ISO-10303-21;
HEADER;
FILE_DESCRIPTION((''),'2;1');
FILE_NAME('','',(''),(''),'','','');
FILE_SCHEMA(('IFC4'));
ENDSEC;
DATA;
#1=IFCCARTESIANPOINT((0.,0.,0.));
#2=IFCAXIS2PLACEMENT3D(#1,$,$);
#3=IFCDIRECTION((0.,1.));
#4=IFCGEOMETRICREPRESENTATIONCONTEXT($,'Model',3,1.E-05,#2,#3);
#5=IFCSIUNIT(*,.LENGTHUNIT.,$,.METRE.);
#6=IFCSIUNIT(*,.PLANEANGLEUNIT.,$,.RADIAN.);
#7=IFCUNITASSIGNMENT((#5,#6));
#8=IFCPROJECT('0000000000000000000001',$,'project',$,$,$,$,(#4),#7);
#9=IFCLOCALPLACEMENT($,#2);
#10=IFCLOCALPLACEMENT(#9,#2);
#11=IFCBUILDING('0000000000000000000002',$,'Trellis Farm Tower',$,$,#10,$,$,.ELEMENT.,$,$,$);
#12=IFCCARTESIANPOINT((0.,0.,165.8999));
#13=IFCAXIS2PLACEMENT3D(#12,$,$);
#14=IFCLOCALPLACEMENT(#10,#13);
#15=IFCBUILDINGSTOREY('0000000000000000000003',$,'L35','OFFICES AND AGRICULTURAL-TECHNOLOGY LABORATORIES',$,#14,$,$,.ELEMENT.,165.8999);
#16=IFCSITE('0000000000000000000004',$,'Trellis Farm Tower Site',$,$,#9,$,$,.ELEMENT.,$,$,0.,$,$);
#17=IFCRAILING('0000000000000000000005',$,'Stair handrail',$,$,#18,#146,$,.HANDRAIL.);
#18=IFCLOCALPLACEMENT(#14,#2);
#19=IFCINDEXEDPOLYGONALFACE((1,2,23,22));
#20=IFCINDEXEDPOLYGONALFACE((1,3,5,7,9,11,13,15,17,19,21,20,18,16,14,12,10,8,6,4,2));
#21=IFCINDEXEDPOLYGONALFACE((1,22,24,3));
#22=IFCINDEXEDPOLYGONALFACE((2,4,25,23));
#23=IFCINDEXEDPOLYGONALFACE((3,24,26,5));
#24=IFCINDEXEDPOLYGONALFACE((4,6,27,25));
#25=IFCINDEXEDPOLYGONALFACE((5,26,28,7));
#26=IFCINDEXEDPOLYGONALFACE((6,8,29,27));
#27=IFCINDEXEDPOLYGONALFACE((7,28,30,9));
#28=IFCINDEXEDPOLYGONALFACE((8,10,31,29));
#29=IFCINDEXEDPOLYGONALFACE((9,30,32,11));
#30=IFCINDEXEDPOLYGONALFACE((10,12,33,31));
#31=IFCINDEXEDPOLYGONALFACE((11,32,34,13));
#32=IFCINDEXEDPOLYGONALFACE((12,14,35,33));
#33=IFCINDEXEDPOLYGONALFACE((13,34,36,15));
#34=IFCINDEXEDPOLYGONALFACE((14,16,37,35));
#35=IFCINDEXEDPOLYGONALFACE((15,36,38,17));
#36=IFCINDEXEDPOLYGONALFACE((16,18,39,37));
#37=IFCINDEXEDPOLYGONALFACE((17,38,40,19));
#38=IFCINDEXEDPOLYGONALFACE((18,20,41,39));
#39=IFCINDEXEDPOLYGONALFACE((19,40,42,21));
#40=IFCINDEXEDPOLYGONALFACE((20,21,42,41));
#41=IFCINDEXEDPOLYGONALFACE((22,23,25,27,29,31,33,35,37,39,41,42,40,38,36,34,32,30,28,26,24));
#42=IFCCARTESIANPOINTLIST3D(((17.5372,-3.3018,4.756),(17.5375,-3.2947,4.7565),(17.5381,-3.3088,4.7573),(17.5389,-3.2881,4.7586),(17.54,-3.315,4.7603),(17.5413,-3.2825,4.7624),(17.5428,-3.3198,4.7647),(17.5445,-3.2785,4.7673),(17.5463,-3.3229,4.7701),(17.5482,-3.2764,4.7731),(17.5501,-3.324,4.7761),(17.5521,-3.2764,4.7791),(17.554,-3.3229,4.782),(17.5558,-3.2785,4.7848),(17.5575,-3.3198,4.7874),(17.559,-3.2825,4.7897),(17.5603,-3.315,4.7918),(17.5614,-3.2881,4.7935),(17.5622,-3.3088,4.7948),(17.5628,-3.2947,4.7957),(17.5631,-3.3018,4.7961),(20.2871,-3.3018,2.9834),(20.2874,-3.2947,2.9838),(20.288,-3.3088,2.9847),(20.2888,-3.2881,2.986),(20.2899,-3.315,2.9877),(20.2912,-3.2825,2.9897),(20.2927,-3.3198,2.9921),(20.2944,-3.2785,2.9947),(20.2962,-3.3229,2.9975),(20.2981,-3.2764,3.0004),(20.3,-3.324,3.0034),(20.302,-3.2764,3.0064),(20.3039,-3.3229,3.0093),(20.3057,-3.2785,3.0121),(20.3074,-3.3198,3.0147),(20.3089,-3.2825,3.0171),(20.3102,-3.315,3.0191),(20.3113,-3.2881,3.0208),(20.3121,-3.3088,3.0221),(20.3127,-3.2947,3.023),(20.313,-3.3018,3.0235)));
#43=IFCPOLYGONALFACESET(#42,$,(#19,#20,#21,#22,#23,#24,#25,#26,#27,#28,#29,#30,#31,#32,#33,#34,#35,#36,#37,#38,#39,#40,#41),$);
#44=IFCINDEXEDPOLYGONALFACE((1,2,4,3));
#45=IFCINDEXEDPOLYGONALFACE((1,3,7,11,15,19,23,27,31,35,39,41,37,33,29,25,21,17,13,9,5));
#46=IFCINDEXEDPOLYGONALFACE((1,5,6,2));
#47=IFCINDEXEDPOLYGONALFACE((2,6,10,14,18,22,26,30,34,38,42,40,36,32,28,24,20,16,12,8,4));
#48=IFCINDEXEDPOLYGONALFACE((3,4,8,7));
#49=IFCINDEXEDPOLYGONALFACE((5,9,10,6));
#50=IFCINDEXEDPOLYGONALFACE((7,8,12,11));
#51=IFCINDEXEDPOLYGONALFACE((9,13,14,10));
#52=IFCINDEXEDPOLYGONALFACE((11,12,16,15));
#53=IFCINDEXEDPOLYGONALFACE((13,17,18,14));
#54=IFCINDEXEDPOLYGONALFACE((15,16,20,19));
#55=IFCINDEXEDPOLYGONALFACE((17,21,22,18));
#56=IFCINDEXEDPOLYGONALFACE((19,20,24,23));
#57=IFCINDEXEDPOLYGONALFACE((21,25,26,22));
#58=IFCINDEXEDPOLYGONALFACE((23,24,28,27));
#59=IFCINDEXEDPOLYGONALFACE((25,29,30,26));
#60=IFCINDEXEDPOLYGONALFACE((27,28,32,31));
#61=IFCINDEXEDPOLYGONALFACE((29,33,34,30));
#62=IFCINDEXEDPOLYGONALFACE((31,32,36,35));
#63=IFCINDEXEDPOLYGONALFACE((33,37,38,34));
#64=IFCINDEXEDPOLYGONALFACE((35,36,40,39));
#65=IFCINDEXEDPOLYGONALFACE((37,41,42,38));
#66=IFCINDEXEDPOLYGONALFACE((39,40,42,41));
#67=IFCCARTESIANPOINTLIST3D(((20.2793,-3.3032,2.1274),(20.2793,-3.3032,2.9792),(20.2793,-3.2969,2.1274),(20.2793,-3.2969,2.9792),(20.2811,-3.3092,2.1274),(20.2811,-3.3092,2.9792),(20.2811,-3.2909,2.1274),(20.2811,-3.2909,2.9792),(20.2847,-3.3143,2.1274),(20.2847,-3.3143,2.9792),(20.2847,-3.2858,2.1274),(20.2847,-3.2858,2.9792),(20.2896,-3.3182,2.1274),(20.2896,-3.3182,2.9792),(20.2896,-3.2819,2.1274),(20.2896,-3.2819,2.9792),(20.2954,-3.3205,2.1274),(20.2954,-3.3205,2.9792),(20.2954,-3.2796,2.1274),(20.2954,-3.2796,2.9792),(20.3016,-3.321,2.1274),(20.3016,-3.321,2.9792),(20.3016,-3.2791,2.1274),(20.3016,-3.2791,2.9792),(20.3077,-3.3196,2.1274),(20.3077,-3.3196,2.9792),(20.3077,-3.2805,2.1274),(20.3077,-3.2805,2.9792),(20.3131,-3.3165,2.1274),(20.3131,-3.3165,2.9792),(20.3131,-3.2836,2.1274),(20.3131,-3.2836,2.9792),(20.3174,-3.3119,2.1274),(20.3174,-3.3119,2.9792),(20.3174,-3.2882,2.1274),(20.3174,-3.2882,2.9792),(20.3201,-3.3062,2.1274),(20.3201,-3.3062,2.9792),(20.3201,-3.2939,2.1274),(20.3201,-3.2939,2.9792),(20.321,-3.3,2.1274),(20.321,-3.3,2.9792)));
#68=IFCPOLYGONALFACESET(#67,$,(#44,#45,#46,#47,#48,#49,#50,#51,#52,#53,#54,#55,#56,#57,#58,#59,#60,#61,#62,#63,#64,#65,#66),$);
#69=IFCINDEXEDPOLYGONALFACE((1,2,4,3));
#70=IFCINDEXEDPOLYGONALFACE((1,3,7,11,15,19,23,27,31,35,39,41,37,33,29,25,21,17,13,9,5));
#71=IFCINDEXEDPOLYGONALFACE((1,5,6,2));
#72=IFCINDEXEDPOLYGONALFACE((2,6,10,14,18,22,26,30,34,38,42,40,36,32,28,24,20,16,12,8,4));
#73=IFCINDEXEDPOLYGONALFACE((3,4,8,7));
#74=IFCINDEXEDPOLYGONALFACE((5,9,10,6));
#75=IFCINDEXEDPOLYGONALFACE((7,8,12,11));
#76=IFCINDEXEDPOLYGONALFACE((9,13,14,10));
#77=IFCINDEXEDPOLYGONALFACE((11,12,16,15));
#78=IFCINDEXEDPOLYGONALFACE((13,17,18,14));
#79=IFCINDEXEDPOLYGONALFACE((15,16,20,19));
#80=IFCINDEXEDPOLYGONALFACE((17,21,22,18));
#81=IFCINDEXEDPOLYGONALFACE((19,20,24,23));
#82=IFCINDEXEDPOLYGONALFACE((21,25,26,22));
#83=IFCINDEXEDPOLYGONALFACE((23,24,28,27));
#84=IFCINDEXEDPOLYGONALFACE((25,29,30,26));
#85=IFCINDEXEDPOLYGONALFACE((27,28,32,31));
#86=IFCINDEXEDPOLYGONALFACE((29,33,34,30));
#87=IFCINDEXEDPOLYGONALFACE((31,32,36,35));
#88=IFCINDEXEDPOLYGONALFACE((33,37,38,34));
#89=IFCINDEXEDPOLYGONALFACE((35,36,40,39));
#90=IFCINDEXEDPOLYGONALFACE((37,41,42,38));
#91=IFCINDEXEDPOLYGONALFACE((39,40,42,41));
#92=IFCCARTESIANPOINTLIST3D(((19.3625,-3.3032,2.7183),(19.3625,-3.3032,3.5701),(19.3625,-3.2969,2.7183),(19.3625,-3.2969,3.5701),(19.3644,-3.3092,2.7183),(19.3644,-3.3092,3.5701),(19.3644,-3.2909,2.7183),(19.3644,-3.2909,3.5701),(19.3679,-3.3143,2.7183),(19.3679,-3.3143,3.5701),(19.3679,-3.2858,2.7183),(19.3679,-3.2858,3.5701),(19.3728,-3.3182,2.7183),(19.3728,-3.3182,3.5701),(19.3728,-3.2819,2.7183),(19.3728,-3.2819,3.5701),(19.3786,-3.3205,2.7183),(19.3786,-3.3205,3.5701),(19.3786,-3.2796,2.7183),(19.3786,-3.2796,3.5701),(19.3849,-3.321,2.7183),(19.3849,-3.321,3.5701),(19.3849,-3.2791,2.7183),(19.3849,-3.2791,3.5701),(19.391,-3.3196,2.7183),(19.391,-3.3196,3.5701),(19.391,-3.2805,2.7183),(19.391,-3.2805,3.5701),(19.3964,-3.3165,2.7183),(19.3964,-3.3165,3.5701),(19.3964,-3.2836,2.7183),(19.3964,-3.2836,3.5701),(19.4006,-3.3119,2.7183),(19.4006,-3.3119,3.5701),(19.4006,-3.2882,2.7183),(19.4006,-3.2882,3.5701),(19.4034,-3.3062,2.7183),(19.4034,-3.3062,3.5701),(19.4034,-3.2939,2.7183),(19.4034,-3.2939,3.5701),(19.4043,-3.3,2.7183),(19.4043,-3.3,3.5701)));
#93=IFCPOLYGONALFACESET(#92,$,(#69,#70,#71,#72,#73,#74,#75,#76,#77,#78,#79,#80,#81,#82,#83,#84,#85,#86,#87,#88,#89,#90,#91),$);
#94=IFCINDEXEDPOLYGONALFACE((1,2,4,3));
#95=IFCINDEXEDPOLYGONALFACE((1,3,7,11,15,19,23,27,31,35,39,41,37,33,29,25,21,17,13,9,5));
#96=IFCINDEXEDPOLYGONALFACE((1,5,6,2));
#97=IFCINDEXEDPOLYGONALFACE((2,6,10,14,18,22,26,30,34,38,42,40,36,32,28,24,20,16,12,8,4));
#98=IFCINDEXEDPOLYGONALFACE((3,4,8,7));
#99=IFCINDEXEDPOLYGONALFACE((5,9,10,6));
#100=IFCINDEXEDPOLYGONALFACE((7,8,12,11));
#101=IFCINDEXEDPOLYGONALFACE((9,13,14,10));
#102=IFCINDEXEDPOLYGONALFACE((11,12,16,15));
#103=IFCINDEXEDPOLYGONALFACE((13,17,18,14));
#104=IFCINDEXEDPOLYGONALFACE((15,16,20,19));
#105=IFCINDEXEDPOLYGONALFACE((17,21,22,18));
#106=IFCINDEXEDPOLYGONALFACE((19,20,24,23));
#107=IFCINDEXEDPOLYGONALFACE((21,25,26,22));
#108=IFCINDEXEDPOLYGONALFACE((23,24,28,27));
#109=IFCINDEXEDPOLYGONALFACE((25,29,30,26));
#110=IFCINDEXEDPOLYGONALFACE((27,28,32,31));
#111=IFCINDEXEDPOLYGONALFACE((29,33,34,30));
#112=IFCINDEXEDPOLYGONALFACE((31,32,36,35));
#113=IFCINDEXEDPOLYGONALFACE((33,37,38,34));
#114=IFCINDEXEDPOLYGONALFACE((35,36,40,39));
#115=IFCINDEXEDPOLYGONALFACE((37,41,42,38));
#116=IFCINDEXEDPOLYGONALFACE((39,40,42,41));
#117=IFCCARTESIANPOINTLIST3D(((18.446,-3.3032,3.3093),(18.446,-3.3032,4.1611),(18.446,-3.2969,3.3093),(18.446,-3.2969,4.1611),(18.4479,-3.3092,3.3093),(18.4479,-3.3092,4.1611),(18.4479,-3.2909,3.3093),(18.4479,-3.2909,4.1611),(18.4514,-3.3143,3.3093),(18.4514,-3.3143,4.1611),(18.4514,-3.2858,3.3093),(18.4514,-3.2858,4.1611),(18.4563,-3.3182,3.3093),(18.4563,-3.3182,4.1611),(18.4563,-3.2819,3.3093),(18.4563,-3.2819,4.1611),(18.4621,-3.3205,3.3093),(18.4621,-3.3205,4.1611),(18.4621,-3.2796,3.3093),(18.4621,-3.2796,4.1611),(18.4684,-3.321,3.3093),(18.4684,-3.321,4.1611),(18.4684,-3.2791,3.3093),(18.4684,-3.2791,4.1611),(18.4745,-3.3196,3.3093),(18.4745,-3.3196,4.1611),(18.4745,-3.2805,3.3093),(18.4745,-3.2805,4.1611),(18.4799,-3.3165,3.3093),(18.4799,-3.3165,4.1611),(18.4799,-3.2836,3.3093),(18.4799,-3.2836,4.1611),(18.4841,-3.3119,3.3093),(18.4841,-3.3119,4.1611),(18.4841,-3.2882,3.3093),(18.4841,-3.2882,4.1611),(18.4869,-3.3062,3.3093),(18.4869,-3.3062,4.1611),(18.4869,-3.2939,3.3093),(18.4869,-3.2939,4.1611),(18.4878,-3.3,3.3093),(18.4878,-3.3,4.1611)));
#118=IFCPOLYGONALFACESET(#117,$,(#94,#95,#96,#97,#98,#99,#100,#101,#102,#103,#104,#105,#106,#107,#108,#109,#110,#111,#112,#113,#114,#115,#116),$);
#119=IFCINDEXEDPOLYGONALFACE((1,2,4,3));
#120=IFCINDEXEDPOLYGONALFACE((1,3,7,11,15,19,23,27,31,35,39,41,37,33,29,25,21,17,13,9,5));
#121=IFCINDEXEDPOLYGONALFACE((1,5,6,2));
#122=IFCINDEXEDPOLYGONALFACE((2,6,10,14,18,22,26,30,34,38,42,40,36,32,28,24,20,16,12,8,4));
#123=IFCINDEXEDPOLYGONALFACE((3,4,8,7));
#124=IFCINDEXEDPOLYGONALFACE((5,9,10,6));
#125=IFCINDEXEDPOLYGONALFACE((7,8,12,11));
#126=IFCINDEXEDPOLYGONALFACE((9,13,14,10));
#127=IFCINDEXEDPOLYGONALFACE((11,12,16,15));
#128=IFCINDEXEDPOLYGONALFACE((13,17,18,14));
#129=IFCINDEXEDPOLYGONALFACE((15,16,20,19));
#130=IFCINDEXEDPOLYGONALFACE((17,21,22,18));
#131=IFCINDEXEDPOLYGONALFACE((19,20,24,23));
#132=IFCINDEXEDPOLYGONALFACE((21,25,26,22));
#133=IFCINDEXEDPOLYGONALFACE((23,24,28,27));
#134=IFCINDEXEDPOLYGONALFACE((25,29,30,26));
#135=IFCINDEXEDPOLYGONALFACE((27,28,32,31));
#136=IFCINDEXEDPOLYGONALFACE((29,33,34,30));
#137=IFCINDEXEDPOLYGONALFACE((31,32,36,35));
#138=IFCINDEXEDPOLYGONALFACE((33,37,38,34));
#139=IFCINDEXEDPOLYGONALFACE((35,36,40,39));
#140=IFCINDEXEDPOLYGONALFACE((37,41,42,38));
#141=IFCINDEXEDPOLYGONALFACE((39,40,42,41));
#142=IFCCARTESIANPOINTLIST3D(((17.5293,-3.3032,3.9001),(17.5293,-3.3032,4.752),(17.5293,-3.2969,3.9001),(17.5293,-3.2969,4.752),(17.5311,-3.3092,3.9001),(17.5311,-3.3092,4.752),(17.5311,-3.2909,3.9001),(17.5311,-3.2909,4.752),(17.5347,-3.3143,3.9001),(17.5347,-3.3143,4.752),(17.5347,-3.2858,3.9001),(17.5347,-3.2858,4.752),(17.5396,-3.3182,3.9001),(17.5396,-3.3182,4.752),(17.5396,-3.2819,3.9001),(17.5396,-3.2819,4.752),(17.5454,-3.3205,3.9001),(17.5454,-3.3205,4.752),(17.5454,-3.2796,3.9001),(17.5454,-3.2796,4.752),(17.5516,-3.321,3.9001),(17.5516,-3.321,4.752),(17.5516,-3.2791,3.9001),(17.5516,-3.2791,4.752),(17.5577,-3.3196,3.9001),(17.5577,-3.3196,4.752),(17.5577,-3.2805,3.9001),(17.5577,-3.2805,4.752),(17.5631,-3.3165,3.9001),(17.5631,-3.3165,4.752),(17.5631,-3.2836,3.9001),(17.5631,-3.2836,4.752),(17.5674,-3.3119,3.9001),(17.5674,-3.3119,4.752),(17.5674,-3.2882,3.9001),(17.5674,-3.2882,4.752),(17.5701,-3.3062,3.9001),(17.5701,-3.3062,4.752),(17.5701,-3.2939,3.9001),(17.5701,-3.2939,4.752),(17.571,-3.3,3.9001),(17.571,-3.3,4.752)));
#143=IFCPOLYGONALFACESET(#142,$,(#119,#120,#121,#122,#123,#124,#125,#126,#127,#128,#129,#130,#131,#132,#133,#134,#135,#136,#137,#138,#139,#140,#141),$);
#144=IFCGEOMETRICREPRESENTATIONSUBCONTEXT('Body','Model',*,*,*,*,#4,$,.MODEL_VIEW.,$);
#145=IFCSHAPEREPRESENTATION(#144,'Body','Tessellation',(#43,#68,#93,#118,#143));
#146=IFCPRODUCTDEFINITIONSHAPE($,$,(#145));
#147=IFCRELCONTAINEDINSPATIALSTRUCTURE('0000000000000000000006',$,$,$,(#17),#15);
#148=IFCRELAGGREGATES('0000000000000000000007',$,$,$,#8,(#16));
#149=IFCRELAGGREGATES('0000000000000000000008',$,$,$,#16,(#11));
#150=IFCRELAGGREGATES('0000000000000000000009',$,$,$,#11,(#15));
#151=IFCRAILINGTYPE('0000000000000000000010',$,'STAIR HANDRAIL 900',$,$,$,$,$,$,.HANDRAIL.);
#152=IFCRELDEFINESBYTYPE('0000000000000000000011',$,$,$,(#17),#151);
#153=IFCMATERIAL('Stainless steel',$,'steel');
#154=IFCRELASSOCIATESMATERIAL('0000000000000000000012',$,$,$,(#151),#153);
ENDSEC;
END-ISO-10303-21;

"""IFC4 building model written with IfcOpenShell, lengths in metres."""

from ifc_helpers import new_model, si_unit, direction, frame, origin, origin_2d, place, context, subcontext, project, spatial, circle, extrude, source, transform, mapped, material, type_object, element, save


model = new_model("IFC4")

# Units and contexts
model_context = context("Model", 3, precision=1e-05, world=origin(), true_north=direction((0.0, 1.0)))
body_context = subcontext(model_context, "Body", "Model", "MODEL_VIEW")
ifc_project = project(units=[si_unit("LENGTHUNIT", "METRE"), si_unit("PLANEANGLEUNIT", "RADIAN")], contexts=[model_context])

# Site, building, storey
site_placement = place(None, origin())
site = spatial("IfcSite", under=ifc_project, at=site_placement, Name="Trellis Farm Tower Site", CompositionType="ELEMENT", RefElevation=0.0)
building_placement = place(site_placement, origin())
building = spatial("IfcBuilding", under=site, at=building_placement, Name="Trellis Farm Tower", CompositionType="ELEMENT")
storey_placement = place(building_placement, frame((0.0, 0.0, 165.8999)))
storey = spatial("IfcBuildingStorey", under=building, at=storey_placement, Name="L35", Description="OFFICES AND AGRICULTURAL-TECHNOLOGY LABORATORIES", CompositionType="ELEMENT", Elevation=165.8999)

# Railing
ifc_material_1 = material(Name="Stainless steel", Category="steel")
railing_type = type_object("IfcRailingType", Name="STAIR HANDRAIL 900", PredefinedType="HANDRAIL", material=ifc_material_1)
shared_shape_1 = source(origin(), body_context, "Body", "SweptSolid", [
    extrude(circle(Radius=0.0239, at=origin_2d()), frame((0.0, 0.0, 0.876), z_axis=(-0.840504, 0.0, 0.541806), x_axis=(0.0, -1.0, 0.0)), (0.0, 0.0, 1.0), 3.2717),
    extrude(circle(Radius=0.021, at=origin_2d()), origin(), (0.0, 0.0, 1.0), 0.8518),
    extrude(circle(Radius=0.021, at=origin_2d()), frame((-0.9167, 0.0, 0.5908)), (0.0, 0.0, 1.0), 0.8518),
    extrude(circle(Radius=0.021, at=origin_2d()), frame((-1.8333, 0.0, 1.1819)), (0.0, 0.0, 1.0), 0.8518),
    extrude(circle(Radius=0.021, at=origin_2d()), frame((-2.75, 0.0, 1.7727)), (0.0, 0.0, 1.0), 0.8518),
])
for number, where, name in (
    (1, (20.3, -3.3, 2.1274), "Stair handrail"),
):
    element("IfcRailing", number, at=place(storey_placement, frame(where)), inside=storey, type_object=railing_type, Name=name, PredefinedType="HANDRAIL", context=body_context, shape_type="MappedRepresentation", body=[
        mapped(shared_shape_1, transform((0.0, 0.0, 0.0))),
    ])

save(model, "model.ifc")
